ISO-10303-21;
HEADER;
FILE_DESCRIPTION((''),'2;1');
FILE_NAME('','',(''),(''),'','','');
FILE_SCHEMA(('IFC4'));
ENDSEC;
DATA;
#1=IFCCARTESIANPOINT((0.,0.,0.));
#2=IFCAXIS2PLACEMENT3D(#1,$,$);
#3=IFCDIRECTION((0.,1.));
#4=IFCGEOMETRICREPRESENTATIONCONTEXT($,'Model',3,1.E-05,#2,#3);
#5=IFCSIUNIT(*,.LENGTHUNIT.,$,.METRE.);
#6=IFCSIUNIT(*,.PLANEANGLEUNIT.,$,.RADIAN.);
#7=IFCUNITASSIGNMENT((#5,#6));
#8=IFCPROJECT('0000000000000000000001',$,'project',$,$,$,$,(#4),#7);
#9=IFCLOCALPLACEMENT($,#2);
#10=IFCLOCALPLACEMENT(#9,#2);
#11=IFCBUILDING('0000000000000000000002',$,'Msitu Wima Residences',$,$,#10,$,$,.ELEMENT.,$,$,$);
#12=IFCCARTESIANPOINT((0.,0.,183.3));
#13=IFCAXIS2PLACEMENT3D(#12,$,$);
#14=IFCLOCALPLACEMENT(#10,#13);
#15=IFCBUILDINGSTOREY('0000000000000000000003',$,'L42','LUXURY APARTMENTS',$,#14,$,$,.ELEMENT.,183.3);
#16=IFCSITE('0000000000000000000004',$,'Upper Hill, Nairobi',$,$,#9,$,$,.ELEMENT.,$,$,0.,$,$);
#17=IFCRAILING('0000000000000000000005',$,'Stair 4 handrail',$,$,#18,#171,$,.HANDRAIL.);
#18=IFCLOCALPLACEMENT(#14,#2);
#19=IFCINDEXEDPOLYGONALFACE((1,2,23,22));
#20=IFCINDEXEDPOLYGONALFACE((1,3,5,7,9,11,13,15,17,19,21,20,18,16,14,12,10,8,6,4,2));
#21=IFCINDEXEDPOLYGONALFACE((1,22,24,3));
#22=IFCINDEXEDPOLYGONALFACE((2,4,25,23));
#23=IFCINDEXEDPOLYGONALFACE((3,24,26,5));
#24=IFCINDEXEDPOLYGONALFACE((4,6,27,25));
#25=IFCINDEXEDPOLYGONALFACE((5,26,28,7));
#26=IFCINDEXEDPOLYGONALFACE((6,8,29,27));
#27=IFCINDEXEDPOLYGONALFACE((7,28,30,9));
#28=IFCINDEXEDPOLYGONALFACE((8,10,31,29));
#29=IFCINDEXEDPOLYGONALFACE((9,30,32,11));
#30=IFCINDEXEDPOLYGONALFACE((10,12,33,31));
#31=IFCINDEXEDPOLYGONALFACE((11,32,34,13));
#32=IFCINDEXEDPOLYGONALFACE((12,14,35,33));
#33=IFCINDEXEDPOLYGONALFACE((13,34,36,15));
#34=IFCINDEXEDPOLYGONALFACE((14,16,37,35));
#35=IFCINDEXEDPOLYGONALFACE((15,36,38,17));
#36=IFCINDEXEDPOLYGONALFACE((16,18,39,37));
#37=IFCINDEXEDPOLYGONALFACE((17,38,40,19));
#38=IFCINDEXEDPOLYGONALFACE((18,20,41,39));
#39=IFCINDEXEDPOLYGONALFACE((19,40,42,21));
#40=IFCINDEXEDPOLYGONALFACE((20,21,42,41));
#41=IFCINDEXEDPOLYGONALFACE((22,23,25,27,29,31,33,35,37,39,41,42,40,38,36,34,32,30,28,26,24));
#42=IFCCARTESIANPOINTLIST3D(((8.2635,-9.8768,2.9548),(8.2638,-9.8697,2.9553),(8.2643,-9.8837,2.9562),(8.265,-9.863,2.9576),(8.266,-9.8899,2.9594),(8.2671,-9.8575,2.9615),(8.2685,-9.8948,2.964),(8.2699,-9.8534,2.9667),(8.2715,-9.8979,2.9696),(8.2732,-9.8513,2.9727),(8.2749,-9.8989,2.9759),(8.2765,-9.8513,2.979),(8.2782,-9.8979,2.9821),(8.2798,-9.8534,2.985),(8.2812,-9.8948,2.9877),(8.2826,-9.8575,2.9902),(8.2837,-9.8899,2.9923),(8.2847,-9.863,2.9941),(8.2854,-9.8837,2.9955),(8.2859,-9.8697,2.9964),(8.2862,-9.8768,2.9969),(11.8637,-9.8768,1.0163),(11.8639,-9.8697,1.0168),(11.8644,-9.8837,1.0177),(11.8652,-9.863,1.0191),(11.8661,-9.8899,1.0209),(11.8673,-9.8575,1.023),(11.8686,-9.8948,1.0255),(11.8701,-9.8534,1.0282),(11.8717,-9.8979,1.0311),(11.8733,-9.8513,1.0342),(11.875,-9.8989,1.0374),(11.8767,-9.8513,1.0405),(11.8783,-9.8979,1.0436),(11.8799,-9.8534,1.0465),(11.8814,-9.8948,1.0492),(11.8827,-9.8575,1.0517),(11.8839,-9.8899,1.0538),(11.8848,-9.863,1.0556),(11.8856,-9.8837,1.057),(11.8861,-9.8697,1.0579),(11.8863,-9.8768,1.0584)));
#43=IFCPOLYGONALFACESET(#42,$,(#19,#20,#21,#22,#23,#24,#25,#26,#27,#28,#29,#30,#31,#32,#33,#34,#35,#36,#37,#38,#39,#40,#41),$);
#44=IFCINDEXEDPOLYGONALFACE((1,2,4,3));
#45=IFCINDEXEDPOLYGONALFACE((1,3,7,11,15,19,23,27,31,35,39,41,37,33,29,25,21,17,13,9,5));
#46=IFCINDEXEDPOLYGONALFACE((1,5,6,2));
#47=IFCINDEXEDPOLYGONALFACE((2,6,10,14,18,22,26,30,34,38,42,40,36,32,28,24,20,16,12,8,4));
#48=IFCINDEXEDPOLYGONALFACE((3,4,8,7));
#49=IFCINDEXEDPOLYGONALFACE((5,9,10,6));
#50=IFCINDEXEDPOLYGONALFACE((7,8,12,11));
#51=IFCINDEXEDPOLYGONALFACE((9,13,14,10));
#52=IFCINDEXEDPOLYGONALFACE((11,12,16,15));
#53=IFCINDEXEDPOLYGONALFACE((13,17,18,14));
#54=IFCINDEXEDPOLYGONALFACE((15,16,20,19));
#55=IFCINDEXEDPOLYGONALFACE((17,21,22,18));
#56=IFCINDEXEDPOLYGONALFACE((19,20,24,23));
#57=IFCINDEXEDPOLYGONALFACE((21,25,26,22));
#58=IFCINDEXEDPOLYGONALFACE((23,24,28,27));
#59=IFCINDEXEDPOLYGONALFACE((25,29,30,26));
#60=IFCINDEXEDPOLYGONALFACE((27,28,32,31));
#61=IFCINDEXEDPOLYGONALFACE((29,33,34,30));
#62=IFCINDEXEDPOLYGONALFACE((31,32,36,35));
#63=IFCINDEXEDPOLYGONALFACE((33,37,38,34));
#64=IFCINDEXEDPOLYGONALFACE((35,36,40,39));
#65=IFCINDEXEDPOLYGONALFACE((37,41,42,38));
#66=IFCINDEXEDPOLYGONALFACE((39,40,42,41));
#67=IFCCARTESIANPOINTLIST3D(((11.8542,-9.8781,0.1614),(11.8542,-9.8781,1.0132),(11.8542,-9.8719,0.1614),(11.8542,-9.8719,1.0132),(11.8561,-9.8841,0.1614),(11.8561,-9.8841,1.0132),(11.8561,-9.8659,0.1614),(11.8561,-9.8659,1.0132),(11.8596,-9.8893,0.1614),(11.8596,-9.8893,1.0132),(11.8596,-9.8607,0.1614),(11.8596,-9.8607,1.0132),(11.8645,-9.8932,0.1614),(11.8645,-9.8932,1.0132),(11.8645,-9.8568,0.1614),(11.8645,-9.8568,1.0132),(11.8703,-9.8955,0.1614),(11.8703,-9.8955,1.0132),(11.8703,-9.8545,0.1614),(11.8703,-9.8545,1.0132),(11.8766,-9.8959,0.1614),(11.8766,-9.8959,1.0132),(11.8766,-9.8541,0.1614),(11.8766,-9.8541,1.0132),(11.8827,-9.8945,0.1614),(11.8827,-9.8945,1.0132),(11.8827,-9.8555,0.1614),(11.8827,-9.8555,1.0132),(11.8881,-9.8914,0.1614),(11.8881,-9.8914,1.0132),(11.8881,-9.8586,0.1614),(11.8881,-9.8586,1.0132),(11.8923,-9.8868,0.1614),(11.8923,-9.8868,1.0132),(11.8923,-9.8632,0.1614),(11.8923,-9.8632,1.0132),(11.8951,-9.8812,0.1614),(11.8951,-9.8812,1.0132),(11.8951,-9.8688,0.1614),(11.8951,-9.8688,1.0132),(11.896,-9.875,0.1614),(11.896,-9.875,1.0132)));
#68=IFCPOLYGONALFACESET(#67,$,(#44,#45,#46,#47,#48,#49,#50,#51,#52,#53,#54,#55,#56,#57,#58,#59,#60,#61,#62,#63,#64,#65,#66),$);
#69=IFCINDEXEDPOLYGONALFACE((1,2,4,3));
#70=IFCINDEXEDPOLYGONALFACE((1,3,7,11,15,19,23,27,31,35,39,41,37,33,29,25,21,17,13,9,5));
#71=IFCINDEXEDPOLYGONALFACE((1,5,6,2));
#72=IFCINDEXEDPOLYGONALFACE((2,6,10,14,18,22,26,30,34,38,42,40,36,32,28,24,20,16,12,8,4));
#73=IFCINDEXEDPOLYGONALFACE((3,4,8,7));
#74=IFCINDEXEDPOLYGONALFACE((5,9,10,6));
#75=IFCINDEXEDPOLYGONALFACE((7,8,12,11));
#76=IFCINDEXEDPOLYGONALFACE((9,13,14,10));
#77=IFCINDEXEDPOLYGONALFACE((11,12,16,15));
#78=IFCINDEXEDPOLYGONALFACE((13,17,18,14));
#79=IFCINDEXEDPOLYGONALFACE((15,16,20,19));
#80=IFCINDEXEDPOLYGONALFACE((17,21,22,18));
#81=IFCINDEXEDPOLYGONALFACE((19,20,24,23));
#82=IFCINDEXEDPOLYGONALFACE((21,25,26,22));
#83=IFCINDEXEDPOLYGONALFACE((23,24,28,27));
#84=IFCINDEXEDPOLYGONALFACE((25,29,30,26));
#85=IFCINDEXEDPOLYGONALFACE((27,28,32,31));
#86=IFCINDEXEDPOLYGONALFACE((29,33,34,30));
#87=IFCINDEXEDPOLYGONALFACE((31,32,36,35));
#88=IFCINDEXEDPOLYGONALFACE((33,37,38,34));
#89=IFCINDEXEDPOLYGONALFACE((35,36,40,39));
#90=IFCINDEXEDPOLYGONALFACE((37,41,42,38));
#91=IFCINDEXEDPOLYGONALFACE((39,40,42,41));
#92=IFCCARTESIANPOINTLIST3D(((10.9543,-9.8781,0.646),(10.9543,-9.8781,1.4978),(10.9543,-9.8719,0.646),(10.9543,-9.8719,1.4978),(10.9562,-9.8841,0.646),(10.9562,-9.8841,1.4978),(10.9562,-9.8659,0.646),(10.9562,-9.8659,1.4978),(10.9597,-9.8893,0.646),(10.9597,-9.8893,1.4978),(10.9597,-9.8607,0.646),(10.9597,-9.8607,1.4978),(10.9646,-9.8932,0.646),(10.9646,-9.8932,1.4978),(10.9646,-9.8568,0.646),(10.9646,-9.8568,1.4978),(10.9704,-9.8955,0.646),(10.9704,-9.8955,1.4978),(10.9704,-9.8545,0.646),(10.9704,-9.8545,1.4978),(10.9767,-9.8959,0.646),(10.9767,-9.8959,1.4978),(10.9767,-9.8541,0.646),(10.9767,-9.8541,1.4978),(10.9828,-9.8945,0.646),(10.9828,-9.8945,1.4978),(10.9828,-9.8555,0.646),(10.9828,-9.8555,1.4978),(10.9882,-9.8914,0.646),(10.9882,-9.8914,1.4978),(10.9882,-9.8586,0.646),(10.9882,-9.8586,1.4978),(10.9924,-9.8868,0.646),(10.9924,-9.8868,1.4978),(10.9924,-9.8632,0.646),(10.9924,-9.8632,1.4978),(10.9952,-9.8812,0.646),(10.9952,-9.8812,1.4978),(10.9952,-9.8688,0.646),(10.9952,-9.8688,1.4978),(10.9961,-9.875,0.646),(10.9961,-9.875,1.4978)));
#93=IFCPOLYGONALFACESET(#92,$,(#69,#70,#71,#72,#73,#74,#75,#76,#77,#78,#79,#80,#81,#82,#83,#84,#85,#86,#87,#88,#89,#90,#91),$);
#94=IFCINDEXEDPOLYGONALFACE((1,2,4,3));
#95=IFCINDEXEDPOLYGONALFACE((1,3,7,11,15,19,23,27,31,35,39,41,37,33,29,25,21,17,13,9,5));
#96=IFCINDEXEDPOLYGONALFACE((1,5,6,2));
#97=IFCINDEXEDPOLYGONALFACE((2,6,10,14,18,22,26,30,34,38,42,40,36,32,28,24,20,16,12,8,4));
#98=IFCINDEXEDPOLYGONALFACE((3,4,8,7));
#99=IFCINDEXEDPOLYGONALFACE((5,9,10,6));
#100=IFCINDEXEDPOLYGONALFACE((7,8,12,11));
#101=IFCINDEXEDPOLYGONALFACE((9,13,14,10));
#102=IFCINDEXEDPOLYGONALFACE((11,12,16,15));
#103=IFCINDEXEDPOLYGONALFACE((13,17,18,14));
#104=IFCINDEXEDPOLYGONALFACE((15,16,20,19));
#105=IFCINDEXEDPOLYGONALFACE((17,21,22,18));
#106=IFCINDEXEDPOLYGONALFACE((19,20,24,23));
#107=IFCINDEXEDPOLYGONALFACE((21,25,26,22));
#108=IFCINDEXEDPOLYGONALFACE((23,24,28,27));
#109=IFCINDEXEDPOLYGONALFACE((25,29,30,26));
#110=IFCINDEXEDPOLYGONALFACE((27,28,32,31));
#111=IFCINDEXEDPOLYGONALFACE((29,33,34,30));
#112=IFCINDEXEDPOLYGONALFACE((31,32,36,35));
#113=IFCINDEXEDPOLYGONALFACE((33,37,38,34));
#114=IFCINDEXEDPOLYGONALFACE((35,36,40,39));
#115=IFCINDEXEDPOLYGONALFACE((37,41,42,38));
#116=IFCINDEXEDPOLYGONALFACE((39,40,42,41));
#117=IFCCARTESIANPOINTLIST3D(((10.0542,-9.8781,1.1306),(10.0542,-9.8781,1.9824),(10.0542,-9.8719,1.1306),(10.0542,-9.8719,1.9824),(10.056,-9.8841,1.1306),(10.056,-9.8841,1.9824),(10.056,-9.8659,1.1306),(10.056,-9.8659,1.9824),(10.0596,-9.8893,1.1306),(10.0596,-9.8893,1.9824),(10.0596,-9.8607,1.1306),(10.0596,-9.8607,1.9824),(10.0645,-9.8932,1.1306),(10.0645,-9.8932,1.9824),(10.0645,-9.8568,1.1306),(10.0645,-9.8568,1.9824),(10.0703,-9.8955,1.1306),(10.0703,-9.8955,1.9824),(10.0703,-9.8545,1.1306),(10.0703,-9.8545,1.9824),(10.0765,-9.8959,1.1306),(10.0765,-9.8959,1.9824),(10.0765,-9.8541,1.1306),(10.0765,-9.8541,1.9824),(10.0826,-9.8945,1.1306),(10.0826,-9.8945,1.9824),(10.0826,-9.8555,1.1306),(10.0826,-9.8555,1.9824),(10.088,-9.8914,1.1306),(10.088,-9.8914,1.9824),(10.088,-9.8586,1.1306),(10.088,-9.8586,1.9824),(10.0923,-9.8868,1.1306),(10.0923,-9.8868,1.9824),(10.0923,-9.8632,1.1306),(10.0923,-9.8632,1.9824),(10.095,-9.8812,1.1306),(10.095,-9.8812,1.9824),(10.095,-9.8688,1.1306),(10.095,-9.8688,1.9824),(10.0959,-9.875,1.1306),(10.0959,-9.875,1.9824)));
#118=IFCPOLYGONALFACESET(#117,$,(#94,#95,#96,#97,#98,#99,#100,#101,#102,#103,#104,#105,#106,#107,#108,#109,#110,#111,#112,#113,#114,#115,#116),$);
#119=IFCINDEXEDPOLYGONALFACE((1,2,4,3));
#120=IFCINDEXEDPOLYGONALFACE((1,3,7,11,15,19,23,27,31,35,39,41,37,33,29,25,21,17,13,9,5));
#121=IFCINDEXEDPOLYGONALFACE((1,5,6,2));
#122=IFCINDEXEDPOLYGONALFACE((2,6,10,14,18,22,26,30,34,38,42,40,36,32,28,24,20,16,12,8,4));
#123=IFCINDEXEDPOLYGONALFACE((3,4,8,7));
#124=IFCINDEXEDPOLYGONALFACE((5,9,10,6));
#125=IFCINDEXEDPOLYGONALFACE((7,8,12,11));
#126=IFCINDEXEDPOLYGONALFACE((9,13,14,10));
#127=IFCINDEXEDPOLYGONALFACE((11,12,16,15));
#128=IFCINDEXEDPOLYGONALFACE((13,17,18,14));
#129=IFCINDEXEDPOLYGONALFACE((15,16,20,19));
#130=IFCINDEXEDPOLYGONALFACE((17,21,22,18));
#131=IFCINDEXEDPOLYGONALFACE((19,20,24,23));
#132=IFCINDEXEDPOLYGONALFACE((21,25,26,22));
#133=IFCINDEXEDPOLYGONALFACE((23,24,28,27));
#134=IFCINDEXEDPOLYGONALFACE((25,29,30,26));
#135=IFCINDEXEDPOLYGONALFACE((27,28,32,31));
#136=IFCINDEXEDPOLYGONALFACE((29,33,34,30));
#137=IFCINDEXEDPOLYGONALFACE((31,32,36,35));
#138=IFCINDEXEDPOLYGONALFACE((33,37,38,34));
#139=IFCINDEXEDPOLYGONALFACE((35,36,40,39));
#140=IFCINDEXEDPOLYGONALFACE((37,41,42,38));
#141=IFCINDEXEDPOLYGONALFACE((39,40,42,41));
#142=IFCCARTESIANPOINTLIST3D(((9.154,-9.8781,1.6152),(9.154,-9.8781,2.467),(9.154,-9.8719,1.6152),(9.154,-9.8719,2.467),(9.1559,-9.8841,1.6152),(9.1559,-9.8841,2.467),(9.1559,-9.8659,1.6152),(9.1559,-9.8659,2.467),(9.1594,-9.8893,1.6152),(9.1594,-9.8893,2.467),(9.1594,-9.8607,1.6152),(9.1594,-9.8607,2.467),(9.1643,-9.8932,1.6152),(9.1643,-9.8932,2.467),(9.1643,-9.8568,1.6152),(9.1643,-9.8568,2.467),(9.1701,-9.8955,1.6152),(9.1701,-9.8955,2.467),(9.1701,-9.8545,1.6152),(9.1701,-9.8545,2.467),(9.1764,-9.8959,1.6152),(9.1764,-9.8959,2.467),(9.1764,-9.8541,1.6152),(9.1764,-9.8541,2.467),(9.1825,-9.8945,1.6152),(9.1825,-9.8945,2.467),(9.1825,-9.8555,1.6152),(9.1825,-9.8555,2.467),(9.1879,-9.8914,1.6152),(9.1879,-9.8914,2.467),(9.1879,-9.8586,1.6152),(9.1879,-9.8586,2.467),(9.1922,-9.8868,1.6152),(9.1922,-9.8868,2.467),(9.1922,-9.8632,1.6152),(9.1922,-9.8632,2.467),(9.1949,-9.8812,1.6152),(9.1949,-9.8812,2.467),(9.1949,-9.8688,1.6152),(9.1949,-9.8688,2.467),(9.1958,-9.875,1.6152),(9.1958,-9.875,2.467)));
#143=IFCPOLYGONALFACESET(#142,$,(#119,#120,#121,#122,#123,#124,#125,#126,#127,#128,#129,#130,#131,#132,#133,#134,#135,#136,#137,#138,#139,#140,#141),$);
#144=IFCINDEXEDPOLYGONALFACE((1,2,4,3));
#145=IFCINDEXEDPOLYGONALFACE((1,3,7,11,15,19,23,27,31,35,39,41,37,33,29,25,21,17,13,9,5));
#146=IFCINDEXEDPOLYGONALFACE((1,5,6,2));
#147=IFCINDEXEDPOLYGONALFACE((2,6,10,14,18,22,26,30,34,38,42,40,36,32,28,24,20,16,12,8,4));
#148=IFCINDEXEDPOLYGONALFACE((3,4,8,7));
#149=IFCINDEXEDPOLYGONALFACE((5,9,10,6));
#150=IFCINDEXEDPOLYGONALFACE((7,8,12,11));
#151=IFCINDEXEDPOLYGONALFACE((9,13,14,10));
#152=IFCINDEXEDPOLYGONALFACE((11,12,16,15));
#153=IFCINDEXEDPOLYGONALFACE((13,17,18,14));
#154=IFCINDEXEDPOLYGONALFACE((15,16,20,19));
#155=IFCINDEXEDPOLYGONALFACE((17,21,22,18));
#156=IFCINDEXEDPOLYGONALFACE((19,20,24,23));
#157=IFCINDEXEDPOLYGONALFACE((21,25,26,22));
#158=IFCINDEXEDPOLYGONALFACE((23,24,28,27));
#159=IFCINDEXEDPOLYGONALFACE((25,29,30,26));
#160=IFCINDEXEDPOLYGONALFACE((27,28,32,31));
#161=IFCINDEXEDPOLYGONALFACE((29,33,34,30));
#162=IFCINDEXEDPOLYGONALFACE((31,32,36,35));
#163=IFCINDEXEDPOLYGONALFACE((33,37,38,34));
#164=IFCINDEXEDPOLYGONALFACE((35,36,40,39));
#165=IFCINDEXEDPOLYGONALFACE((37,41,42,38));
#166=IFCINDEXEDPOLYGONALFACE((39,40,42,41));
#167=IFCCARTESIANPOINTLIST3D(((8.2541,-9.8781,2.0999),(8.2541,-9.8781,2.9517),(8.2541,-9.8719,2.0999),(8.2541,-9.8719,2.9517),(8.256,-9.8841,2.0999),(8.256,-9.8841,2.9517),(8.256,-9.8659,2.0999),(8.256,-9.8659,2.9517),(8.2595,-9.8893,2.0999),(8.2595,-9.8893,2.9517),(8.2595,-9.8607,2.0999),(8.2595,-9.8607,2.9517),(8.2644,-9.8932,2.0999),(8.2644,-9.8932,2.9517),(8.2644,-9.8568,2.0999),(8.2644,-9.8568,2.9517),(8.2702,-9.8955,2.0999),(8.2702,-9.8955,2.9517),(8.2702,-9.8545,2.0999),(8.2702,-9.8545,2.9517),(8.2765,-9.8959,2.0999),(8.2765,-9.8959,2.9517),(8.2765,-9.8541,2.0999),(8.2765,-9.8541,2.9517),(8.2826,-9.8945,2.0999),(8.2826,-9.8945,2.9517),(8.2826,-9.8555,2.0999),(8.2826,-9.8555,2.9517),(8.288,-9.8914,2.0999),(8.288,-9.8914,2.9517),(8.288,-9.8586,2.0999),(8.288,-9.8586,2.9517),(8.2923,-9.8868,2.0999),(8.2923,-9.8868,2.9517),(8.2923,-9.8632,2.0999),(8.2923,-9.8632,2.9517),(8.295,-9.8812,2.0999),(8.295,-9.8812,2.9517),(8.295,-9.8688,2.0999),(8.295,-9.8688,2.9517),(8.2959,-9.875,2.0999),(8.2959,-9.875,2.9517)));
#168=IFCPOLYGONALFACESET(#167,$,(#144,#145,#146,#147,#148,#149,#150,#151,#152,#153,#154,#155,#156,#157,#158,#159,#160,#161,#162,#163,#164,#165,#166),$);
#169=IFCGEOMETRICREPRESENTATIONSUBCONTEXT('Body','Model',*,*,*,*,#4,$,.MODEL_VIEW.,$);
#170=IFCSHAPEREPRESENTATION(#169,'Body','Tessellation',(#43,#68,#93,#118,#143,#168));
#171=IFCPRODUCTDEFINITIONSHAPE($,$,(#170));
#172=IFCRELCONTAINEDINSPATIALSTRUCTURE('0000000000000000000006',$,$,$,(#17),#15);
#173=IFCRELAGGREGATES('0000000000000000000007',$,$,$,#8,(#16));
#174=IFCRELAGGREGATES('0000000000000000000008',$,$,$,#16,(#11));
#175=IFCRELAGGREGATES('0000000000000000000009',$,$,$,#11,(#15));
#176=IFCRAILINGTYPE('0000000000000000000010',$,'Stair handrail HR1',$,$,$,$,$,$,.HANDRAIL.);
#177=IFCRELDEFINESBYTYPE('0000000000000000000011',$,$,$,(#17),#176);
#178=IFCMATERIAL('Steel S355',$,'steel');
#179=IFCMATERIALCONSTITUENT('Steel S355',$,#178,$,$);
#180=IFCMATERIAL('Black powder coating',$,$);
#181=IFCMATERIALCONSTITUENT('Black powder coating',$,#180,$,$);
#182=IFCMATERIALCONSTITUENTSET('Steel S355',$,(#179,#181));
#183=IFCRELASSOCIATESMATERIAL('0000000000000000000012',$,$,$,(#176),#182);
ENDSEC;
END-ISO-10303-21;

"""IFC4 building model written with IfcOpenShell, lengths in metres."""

from ifc_helpers import new_model, si_unit, direction, frame, origin, origin_2d, place, context, subcontext, project, spatial, circle, extrude, material, constituent, constituent_set, type_object, element, save


model = new_model("IFC4")

# Units and contexts
model_context = context("Model", 3, precision=1e-05, world=origin(), true_north=direction((0.0, 1.0)))
body_context = subcontext(model_context, "Body", "Model", "MODEL_VIEW")
ifc_project = project(units=[si_unit("LENGTHUNIT", "METRE"), si_unit("PLANEANGLEUNIT", "RADIAN")], contexts=[model_context])

# Site, building, storey
site_placement = place(None, origin())
site = spatial("IfcSite", under=ifc_project, at=site_placement, Name="Upper Hill, Nairobi", CompositionType="ELEMENT", RefElevation=0.0)
building_placement = place(site_placement, origin())
building = spatial("IfcBuilding", under=site, at=building_placement, Name="Msitu Wima Residences", CompositionType="ELEMENT")
storey_placement = place(building_placement, frame((0.0, 0.0, 183.3)))
storey = spatial("IfcBuildingStorey", under=building, at=storey_placement, Name="L42", Description="LUXURY APARTMENTS", CompositionType="ELEMENT", Elevation=183.3)

# Railing
ifc_material_1 = material(Name="Steel S355", Category="steel")
ifc_constituent_1 = constituent(ifc_material_1, Name="Steel S355")
ifc_material_2 = material(Name="Black powder coating")
ifc_constituent_2 = constituent(ifc_material_2, Name="Black powder coating")
ifc_constituent_set = constituent_set(constituents=[ifc_constituent_1, ifc_constituent_2], Name="Steel S355")
railing_type = type_object("IfcRailingType", Name="Stair handrail HR1", PredefinedType="HANDRAIL", material=ifc_constituent_set)
for number, where, name in (
    (1, (11.875, -9.875, 0.1614), "Stair 4 handrail"),
):
    element("IfcRailing", number, at=place(storey_placement, frame(where)), inside=storey, type_object=railing_type, Name=name, PredefinedType="HANDRAIL", context=body_context, shape_type="SweptSolid", body=[
        extrude(circle(Radius=0.0239, at=origin_2d()), frame((0.0, 0.0, 0.876), z_axis=(-0.880475, 0.0, 0.474093), x_axis=(0.0, -1.0, 0.0)), (0.0, 0.0, 1.0), 4.0889),
        extrude(circle(Radius=0.021, at=origin_2d()), origin(), (0.0, 0.0, 1.0), 0.8518),
        extrude(circle(Radius=0.021, at=origin_2d()), frame((-0.8999, 0.0, 0.4846)), (0.0, 0.0, 1.0), 0.8518),
        extrude(circle(Radius=0.021, at=origin_2d()), frame((-1.8, 0.0, 0.9692)), (0.0, 0.0, 1.0), 0.8518),
        extrude(circle(Radius=0.021, at=origin_2d()), frame((-2.7002, 0.0, 1.4539)), (0.0, 0.0, 1.0), 0.8518),
        extrude(circle(Radius=0.021, at=origin_2d()), frame((-3.6001, 0.0, 1.9385)), (0.0, 0.0, 1.0), 0.8518),
    ])

save(model, "model.ifc")
